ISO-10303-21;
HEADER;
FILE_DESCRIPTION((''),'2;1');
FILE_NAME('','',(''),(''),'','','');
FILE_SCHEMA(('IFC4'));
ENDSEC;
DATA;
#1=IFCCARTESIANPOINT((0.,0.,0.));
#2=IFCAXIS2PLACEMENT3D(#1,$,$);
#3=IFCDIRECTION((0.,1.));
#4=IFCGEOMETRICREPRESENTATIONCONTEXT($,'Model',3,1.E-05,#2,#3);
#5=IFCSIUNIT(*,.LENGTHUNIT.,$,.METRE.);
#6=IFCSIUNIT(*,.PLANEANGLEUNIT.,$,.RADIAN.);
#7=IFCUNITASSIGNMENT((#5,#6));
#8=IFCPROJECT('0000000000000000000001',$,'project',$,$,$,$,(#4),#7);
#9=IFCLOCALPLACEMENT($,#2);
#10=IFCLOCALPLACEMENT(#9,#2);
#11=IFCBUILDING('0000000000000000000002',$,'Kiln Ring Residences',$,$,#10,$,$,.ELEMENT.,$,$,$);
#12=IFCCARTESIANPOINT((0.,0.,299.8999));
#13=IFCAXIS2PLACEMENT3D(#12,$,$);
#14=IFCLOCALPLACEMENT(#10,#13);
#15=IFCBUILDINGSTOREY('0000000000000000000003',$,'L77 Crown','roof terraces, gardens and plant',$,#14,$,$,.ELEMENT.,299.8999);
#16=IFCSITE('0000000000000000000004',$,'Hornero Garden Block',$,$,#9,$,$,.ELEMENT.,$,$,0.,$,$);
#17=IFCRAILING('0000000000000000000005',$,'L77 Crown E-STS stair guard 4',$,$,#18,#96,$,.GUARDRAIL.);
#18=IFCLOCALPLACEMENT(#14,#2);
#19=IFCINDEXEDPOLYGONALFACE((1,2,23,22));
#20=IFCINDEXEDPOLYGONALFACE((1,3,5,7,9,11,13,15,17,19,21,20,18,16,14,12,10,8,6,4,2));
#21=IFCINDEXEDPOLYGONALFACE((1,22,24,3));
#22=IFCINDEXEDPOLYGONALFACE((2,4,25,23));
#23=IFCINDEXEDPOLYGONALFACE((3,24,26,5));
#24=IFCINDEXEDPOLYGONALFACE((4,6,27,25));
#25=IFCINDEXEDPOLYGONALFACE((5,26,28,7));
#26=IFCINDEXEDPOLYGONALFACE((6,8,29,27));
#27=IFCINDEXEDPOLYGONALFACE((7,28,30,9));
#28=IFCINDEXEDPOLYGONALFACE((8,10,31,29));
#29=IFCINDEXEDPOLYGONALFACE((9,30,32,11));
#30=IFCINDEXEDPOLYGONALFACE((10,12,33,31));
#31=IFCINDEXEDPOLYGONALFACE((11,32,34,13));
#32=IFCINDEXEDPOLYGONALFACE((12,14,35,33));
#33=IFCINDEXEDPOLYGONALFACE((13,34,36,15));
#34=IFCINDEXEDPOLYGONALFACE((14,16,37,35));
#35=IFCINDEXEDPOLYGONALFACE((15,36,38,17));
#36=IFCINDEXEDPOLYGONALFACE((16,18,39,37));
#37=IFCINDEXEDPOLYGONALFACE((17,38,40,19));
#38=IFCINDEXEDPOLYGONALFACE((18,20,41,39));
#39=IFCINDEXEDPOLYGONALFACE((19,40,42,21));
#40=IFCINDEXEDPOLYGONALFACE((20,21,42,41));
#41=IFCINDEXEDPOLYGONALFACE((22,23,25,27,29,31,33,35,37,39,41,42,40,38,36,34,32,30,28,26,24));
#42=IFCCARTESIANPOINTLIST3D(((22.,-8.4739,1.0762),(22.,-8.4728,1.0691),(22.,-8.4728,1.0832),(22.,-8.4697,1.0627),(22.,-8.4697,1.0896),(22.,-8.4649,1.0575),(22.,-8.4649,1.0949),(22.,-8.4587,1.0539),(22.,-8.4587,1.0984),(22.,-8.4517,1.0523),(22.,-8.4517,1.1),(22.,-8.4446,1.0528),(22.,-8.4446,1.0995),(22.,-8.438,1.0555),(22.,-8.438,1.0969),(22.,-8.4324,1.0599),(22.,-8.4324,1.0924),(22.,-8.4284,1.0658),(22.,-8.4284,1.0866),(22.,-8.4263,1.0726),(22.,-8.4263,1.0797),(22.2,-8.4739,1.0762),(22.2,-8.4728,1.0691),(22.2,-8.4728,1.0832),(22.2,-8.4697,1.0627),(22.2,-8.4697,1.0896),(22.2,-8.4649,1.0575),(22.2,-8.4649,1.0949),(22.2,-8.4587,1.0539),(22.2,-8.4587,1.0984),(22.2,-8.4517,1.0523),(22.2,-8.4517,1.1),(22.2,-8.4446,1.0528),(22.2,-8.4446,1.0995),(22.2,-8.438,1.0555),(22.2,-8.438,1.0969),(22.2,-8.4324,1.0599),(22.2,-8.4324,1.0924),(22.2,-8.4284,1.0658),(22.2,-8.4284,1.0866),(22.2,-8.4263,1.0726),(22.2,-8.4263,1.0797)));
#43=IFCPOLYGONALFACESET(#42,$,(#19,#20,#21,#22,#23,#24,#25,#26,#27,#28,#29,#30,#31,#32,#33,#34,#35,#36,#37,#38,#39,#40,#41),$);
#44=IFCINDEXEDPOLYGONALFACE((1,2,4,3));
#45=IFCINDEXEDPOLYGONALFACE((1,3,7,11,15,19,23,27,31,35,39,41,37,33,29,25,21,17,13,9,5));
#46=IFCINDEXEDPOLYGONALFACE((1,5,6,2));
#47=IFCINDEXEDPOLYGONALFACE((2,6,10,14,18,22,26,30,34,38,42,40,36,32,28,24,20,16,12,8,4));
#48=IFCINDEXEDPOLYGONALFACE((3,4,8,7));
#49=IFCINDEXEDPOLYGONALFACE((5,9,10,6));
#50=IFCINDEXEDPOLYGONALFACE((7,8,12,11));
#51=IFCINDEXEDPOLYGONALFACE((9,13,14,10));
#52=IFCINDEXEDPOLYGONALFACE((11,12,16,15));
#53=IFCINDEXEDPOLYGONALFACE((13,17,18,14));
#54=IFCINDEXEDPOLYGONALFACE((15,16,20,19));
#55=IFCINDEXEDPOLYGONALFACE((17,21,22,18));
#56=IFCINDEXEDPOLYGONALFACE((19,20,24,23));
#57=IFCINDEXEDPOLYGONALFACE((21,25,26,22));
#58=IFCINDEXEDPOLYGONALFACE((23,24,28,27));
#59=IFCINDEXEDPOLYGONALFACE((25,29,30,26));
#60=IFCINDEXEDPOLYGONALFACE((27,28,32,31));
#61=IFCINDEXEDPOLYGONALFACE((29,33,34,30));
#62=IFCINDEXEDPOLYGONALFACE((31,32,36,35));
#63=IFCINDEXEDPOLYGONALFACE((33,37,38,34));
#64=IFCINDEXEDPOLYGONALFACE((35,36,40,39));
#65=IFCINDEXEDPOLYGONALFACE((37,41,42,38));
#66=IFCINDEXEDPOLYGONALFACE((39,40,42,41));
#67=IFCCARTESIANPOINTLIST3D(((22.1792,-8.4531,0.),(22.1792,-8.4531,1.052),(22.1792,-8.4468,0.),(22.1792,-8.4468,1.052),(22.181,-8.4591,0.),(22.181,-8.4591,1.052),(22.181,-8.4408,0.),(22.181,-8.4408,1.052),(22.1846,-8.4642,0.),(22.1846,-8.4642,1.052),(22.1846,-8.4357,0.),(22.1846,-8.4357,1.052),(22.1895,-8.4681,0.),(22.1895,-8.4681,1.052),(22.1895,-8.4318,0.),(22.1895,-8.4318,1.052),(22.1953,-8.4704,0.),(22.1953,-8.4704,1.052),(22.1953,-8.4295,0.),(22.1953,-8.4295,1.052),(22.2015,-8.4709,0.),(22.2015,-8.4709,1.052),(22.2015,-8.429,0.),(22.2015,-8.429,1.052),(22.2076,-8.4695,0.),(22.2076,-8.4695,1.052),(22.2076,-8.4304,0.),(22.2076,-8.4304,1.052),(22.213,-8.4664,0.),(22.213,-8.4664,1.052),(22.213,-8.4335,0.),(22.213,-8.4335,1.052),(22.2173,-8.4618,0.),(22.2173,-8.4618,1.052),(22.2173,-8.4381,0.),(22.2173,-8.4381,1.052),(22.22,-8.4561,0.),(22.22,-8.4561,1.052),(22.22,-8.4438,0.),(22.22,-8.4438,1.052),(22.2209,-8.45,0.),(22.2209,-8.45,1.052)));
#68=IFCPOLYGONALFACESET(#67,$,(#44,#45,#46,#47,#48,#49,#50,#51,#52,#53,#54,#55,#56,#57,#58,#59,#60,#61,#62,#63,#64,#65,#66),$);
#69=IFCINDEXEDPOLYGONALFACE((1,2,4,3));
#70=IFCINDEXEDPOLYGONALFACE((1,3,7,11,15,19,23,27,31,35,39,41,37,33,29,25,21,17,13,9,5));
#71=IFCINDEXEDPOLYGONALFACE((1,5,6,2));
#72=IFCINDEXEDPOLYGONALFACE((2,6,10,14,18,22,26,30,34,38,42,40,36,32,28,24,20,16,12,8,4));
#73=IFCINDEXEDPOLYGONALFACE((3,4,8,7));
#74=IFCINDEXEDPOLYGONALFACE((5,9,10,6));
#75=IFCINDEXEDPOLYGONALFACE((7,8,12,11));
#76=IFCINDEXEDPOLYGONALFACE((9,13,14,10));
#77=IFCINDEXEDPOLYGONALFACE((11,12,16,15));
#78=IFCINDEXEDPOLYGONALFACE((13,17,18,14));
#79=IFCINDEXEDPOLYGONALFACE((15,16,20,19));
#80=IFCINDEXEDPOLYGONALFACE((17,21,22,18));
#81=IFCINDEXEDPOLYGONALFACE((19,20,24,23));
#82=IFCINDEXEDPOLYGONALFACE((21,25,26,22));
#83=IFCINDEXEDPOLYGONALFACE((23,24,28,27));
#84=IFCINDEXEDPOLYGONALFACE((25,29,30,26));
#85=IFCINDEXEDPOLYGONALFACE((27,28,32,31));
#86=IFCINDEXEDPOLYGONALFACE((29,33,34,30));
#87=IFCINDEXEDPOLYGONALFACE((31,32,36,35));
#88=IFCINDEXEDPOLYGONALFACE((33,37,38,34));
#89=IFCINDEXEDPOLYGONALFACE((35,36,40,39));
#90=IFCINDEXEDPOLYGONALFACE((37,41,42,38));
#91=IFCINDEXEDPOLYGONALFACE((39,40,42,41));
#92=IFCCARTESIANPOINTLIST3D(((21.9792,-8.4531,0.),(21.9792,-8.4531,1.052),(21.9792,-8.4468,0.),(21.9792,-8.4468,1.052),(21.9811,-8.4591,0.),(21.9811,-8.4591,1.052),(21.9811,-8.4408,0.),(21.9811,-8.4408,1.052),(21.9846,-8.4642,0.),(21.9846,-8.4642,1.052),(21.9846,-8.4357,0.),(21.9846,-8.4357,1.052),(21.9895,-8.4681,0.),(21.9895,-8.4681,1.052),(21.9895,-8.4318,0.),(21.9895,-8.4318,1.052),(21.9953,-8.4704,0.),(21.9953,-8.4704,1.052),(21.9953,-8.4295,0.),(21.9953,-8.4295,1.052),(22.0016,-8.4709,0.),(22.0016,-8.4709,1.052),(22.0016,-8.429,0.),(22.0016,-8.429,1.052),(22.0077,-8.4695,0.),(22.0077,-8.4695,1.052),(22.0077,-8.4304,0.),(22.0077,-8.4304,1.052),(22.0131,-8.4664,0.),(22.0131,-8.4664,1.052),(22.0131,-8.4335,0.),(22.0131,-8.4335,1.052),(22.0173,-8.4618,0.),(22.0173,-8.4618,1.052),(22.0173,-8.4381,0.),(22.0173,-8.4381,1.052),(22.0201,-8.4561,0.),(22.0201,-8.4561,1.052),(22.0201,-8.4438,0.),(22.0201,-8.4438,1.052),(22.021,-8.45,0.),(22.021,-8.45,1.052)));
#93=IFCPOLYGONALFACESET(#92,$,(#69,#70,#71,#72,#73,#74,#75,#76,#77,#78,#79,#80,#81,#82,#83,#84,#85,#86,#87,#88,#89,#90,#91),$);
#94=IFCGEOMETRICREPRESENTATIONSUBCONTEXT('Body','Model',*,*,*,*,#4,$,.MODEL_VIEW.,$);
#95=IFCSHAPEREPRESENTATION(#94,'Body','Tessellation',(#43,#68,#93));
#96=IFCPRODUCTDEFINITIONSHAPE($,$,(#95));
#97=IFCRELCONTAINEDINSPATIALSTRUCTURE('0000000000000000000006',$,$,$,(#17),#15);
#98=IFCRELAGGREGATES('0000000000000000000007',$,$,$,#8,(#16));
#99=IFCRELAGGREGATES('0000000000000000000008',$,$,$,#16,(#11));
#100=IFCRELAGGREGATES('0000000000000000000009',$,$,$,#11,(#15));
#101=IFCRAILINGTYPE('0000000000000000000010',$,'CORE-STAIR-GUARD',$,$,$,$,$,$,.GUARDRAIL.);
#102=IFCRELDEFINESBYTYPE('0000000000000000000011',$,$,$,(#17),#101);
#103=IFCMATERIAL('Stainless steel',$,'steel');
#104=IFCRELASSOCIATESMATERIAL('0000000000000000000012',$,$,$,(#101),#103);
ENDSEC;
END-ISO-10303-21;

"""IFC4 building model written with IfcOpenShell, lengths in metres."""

from ifc_helpers import new_model, si_unit, direction, frame, origin, origin_2d, place, context, subcontext, project, spatial, circle, extrude, material, type_object, element, save


model = new_model("IFC4")

# Units and contexts
model_context = context("Model", 3, precision=1e-05, world=origin(), true_north=direction((0.0, 1.0)))
body_context = subcontext(model_context, "Body", "Model", "MODEL_VIEW")
ifc_project = project(units=[si_unit("LENGTHUNIT", "METRE"), si_unit("PLANEANGLEUNIT", "RADIAN")], contexts=[model_context])

# Site, building, storey
site_placement = place(None, origin())
site = spatial("IfcSite", under=ifc_project, at=site_placement, Name="Hornero Garden Block", CompositionType="ELEMENT", RefElevation=0.0)
building_placement = place(site_placement, origin())
building = spatial("IfcBuilding", under=site, at=building_placement, Name="Kiln Ring Residences", CompositionType="ELEMENT")
storey_placement = place(building_placement, frame((0.0, 0.0, 299.8999)))
storey = spatial("IfcBuildingStorey", under=building, at=storey_placement, Name="L77 Crown", Description="roof terraces, gardens and plant", CompositionType="ELEMENT", Elevation=299.8999)

# Railing
ifc_material_1 = material(Name="Stainless steel", Category="steel")
railing_type_1 = type_object("IfcRailingType", Name="CORE-STAIR-GUARD", PredefinedType="GUARDRAIL", material=ifc_material_1)
railing_1_placement = place(storey_placement, frame((22.2, -8.45, 0.0)))
element("IfcRailing", 1, at=railing_1_placement, inside=storey, type_object=railing_type_1, Name="L77 Crown E-STS stair guard 4", PredefinedType="GUARDRAIL", context=body_context, shape_type="SweptSolid", body=[
    extrude(circle(Radius=0.0239, at=origin_2d()), frame((0.0, 0.0, 1.0762), z_axis=(-1.0, 0.0, 0.0), x_axis=(0.0, -1.0, 0.0)), (0.0, 0.0, 1.0), 0.2),
    extrude(circle(Radius=0.021, at=origin_2d()), origin(), (0.0, 0.0, 1.0), 1.052),
    extrude(circle(Radius=0.021, at=origin_2d()), frame((-0.2, 0.0, 0.0)), (0.0, 0.0, 1.0), 1.052),
])

save(model, "model.ifc")
